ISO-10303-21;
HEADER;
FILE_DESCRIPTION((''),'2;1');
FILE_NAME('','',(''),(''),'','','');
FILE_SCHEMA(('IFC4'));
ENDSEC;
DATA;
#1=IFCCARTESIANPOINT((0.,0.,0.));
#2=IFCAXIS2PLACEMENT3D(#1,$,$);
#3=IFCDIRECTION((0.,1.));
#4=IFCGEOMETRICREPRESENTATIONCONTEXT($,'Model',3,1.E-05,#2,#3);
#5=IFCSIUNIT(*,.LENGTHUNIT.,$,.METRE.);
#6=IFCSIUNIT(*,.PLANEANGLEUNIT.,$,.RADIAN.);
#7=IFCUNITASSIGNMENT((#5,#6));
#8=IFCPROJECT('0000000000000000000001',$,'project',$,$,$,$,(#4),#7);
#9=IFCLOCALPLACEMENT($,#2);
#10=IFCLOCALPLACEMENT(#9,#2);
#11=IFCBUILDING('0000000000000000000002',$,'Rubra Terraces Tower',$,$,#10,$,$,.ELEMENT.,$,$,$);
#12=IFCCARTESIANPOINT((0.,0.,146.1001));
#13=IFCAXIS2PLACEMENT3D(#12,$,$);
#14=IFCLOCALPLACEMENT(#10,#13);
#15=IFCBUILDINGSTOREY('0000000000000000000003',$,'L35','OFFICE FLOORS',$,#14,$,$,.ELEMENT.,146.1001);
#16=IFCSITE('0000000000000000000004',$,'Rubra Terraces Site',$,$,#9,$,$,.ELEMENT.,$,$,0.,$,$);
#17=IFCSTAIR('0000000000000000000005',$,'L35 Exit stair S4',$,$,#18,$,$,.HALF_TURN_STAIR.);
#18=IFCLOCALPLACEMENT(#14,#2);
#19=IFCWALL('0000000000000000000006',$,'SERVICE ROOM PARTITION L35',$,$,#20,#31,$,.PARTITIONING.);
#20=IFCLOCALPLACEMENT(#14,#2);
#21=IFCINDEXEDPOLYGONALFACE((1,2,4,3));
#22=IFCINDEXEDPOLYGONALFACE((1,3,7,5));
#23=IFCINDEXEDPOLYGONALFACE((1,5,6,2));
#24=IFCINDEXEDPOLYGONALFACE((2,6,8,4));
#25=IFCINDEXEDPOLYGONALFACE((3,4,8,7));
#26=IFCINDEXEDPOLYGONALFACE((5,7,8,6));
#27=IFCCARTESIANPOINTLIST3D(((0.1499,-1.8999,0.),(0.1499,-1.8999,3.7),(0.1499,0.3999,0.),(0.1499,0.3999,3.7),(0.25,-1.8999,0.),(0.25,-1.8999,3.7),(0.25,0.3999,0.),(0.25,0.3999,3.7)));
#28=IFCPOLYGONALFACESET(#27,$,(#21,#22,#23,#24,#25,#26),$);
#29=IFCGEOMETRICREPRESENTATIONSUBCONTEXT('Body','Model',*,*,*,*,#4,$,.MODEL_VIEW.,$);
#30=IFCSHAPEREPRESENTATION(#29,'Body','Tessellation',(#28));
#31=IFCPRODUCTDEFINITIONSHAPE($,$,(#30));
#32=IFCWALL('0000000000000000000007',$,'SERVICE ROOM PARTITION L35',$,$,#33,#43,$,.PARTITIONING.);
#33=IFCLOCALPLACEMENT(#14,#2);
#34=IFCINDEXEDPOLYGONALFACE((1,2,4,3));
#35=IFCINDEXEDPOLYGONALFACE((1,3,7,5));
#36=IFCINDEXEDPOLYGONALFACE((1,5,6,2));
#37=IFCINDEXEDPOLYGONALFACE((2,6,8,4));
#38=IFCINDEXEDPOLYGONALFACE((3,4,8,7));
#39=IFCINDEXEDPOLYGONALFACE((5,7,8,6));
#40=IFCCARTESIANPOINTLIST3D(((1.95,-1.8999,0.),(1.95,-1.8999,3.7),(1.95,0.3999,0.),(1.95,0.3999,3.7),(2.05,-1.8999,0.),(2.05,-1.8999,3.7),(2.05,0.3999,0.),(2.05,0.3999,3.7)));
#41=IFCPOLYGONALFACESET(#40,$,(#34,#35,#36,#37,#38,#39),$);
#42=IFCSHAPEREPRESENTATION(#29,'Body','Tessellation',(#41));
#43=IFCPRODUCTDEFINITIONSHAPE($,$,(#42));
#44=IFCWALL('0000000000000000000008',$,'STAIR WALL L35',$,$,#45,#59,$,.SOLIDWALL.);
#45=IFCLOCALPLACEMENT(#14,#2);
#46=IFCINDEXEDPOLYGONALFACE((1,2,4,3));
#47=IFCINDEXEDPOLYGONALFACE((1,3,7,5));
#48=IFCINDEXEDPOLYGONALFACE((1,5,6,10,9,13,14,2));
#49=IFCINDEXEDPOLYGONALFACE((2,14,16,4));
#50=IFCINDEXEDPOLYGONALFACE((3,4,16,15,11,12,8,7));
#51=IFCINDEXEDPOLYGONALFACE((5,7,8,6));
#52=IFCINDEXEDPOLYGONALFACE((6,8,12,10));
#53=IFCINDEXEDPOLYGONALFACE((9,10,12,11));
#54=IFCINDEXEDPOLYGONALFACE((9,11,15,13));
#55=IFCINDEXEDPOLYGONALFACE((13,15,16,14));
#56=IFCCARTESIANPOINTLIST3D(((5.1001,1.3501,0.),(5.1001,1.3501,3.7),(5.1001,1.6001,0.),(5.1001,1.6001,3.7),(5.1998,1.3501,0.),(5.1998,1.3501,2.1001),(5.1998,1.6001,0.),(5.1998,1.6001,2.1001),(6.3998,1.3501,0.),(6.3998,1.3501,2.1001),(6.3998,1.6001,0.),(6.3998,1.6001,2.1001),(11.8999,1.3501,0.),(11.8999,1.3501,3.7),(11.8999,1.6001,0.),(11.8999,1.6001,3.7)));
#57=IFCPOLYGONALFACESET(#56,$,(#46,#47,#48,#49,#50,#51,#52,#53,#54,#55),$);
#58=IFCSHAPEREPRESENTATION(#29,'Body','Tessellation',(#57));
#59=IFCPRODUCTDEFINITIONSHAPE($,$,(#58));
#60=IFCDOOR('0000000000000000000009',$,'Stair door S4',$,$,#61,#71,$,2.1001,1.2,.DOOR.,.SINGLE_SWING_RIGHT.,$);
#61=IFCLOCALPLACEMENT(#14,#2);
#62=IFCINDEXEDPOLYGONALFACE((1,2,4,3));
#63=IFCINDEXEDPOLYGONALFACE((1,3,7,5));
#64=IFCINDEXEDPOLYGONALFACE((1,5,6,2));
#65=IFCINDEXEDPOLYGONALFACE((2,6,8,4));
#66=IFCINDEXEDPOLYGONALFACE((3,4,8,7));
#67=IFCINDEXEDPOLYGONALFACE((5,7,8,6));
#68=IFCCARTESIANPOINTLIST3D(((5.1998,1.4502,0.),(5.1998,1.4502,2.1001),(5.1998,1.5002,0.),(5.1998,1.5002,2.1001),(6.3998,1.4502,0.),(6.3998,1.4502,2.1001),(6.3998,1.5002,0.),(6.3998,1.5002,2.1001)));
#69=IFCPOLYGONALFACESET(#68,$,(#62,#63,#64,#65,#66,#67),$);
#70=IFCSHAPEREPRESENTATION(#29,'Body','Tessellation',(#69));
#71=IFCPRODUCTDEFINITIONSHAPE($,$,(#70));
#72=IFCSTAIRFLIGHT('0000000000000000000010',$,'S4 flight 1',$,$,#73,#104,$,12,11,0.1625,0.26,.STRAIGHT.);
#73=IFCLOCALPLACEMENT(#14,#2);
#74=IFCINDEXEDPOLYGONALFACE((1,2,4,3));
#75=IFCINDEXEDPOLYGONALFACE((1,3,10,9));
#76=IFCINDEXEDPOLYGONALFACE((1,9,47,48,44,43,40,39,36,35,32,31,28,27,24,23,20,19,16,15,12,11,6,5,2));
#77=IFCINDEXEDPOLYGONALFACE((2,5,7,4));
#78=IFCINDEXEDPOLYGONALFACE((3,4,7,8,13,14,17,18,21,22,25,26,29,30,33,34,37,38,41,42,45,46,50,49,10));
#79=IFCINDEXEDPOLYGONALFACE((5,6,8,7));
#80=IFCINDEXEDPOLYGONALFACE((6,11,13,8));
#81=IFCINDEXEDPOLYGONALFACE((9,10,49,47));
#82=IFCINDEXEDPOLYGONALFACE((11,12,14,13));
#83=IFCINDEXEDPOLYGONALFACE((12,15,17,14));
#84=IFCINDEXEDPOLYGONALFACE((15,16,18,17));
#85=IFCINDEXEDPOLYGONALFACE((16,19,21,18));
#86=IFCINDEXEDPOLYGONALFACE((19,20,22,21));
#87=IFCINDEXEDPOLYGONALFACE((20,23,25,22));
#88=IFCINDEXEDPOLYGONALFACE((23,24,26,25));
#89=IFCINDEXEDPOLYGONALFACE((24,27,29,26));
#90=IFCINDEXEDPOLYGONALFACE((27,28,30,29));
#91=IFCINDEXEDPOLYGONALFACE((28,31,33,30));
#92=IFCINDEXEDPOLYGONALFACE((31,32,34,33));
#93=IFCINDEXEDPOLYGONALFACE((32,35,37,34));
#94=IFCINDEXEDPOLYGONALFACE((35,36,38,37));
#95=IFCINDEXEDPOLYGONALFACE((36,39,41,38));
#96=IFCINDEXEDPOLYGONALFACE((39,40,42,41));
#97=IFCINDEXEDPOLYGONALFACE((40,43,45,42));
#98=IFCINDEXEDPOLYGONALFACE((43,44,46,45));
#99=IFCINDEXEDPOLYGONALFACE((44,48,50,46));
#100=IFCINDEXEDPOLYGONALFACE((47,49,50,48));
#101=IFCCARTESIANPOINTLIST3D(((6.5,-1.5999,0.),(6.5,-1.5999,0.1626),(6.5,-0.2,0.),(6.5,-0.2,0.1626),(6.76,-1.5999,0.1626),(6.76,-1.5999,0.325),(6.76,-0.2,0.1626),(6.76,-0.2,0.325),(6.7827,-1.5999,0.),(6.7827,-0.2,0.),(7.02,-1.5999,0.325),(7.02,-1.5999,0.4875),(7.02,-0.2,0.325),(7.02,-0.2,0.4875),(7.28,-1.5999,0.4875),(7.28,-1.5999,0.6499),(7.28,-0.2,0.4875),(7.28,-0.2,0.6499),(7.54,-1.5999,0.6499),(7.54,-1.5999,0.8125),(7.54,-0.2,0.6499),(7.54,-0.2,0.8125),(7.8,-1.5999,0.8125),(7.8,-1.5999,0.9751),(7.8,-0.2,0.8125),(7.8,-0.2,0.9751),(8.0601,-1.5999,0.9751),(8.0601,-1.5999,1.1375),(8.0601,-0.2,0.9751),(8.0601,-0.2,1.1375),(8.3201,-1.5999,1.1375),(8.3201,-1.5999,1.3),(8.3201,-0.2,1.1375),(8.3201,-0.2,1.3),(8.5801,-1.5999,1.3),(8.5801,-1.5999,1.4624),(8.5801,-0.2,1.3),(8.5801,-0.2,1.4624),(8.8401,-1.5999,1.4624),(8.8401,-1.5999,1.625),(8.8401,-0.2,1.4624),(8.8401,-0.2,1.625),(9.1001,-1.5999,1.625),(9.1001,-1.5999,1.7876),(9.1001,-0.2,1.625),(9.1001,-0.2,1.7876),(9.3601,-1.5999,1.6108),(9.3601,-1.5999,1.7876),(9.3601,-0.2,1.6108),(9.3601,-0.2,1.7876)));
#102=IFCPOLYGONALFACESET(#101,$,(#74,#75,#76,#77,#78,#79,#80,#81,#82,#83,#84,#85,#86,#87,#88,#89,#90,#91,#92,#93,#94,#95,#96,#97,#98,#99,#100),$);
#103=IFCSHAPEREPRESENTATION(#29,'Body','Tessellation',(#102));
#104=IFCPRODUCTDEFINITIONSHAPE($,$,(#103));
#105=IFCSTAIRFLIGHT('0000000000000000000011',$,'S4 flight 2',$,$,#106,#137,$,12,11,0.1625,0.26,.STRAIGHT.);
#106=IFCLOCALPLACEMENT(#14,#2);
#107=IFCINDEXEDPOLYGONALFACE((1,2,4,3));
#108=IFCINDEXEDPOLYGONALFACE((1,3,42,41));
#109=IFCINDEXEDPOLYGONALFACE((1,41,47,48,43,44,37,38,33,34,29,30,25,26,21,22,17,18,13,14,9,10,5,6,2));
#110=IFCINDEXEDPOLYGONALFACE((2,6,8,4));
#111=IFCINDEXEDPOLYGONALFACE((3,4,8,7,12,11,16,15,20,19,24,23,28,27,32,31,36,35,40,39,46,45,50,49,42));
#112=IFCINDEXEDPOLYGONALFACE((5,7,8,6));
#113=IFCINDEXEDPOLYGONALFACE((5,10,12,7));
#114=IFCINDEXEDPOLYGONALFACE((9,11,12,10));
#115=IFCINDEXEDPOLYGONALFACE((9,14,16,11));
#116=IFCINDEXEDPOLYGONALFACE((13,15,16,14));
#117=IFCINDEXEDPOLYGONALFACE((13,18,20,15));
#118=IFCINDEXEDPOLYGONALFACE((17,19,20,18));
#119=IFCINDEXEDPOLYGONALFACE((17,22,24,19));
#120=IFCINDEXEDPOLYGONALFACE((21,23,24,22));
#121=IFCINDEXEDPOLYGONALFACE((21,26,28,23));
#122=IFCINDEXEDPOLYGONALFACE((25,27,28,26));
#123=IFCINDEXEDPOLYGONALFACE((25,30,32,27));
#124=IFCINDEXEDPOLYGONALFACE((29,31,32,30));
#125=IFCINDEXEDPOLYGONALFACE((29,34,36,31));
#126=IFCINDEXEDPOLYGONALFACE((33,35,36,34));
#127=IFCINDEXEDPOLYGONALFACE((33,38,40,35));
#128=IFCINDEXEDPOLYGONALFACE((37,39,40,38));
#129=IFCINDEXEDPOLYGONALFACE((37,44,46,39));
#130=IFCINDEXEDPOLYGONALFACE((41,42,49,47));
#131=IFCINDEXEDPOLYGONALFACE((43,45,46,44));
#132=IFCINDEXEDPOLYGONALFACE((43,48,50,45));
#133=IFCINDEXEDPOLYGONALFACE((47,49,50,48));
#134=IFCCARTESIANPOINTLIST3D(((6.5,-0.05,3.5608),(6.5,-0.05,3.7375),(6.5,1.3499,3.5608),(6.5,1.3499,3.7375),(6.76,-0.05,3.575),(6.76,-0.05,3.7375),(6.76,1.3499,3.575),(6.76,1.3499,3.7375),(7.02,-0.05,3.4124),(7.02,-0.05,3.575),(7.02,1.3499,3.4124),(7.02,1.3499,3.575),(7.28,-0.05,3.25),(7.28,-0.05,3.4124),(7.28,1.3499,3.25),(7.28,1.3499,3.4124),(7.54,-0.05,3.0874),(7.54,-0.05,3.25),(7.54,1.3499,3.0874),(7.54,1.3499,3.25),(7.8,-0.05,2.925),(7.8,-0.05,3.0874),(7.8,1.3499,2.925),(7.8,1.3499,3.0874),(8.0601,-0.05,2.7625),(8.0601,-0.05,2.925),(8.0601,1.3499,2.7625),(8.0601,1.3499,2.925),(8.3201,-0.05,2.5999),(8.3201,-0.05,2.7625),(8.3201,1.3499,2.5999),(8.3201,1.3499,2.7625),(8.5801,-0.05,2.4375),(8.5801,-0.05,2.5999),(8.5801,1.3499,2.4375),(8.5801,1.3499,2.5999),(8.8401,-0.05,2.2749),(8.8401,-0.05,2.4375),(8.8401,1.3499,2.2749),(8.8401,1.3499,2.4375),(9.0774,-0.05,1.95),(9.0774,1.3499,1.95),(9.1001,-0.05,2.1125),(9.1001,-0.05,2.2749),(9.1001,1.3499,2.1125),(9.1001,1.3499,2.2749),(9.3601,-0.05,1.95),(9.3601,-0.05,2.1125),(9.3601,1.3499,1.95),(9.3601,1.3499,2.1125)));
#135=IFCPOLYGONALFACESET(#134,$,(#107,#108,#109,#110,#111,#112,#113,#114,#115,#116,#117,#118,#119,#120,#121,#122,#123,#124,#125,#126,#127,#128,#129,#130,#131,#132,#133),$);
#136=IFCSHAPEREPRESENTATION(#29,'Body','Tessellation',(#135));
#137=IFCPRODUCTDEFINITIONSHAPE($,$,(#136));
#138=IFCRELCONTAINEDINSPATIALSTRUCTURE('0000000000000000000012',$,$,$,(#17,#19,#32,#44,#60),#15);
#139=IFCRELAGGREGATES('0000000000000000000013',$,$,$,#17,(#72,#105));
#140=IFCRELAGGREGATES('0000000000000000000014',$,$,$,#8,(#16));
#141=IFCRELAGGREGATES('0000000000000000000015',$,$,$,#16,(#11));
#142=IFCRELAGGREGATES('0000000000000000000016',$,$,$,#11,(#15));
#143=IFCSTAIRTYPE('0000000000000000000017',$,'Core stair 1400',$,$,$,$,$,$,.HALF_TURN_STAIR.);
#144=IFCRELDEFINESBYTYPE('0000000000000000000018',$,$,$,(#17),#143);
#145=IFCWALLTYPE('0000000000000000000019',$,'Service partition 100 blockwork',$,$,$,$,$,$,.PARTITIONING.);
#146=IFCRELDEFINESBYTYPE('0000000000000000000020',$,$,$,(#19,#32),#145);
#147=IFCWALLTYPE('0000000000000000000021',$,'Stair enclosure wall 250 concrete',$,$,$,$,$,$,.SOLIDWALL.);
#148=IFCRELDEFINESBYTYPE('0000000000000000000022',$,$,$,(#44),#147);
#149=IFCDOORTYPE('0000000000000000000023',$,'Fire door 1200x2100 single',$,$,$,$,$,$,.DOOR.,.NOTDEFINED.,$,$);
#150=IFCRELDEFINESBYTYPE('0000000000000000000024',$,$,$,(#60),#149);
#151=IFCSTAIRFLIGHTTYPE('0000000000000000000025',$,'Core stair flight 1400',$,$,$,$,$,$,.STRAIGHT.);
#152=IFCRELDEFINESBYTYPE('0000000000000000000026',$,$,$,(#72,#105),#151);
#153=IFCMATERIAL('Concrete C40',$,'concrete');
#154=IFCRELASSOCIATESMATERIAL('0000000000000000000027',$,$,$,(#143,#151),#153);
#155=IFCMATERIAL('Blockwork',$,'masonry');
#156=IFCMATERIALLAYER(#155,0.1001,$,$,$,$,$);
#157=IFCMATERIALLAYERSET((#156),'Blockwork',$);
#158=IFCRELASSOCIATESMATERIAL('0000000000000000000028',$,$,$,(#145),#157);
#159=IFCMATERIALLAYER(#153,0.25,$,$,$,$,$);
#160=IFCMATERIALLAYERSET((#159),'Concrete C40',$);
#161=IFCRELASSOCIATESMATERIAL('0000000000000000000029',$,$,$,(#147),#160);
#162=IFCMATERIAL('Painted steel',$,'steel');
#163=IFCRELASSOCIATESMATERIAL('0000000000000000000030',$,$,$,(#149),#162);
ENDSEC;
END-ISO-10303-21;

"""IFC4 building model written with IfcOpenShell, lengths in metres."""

from ifc_helpers import new_model, si_unit, direction, frame, frame_2d, origin, place, context, subcontext, project, spatial, polyline, rectangle, outline, extrude, material, layer, layer_set, type_object, element, fill, aggregate, save


model = new_model("IFC4")

# Units and contexts
model_context = context("Model", 3, precision=1e-05, world=origin(), true_north=direction((0.0, 1.0)))
body_context = subcontext(model_context, "Body", "Model", "MODEL_VIEW")
ifc_project = project(units=[si_unit("LENGTHUNIT", "METRE"), si_unit("PLANEANGLEUNIT", "RADIAN")], contexts=[model_context])

# Site, building, storey
site_placement = place(None, origin())
site = spatial("IfcSite", under=ifc_project, at=site_placement, Name="Rubra Terraces Site", CompositionType="ELEMENT", RefElevation=0.0)
building_placement = place(site_placement, origin())
building = spatial("IfcBuilding", under=site, at=building_placement, Name="Rubra Terraces Tower", CompositionType="ELEMENT")
storey_placement = place(building_placement, frame((0.0, 0.0, 146.1001)))
storey = spatial("IfcBuildingStorey", under=building, at=storey_placement, Name="L35", Description="OFFICE FLOORS", CompositionType="ELEMENT", Elevation=146.1001)

# Stair
ifc_material_1 = material(Name="Concrete C40", Category="concrete")
stair_type = type_object("IfcStairType", Name="Core stair 1400", PredefinedType="HALF_TURN_STAIR", material=ifc_material_1)
stair_1_placement = place(storey_placement, origin())
stair_1 = element("IfcStair", 1, at=stair_1_placement, inside=storey, type_object=stair_type, Name="L35 Exit stair S4", PredefinedType="HALF_TURN_STAIR")

# Shared definitions
ifc_material_2 = material(Name="Painted steel", Category="steel")

# Walls
ifc_material_3 = material(Name="Blockwork", Category="masonry")
ifc_layer_1 = layer(ifc_material_3, 0.1001)
ifc_layer_set_1 = layer_set([ifc_layer_1], Name="Blockwork")
wall_type_1 = type_object("IfcWallType", Name="Service partition 100 blockwork", PredefinedType="PARTITIONING", material=ifc_layer_set_1)
for number, where, z_axis, x_axis, name in (
    (2, (0.2, -1.8999, 0.0), (0.0, 0.0, 1.0), (0.0, 1.0, 0.0), "SERVICE ROOM PARTITION L35"),
    (3, (2.0, -1.8999, 0.0), (0.0, 0.0, 1.0), (0.0, 1.0, 0.0), "SERVICE ROOM PARTITION L35"),
):
    element("IfcWall", number, at=place(storey_placement, frame(where, z_axis=z_axis, x_axis=x_axis)), inside=storey, type_object=wall_type_1, Name=name, PredefinedType="PARTITIONING", context=body_context, shape_type="SweptSolid", body=[
        extrude(rectangle(XDim=2.2998, YDim=0.1001, at=frame_2d((1.1499, 0.0))), origin(), (0.0, 0.0, 1.0), 3.7),
    ])

# Wall, opening, door
ifc_layer_2 = layer(ifc_material_1, 0.25)
ifc_layer_set_2 = layer_set([ifc_layer_2], Name="Concrete C40")
wall_type_2 = type_object("IfcWallType", Name="Stair enclosure wall 250 concrete", PredefinedType="SOLIDWALL", material=ifc_layer_set_2)
wall_1_placement = place(storey_placement, frame((11.8999, 1.4751, 0.0), z_axis=(0.0, 0.0, 1.0), x_axis=(-1.0, 0.0, 0.0)))
wall_1 = element("IfcWall", 4, at=wall_1_placement, inside=storey, type_object=wall_type_2, Name="STAIR WALL L35", PredefinedType="SOLIDWALL", context=body_context, shape_type="SweptSolid", body=[
    extrude(rectangle(XDim=6.7998, YDim=0.25, at=frame_2d((3.3999, 0.0))), origin(), (0.0, 0.0, 1.0), 3.7),
])
opening_1_placement = place(wall_1_placement, frame((5.5, 0.0, 0.0)))
opening_1 = element("IfcOpeningElement", 5, at=opening_1_placement, cuts=wall_1, PredefinedType="OPENING", context=body_context, shape_type="SweptSolid", body=[
    extrude(rectangle(XDim=1.2, YDim=2.1001, at=frame_2d((0.6001, 1.05))), frame((0.0, 0.135, 0.0), z_axis=(0.0, -1.0, 0.0), x_axis=(1.0, 0.0, 0.0)), (0.0, 0.0, 1.0), 0.27),
])
door_type_1 = type_object("IfcDoorType", Name="Fire door 1200x2100 single", OperationType="NOTDEFINED", PredefinedType="DOOR", material=ifc_material_2)
door_1_placement = place(opening_1_placement, origin())
door_1 = element("IfcDoor", 6, at=door_1_placement, inside=storey, type_object=door_type_1, Name="Stair door S4", OperationType="SINGLE_SWING_RIGHT", OverallHeight=2.1001, OverallWidth=1.2, PredefinedType="DOOR", context=body_context, shape_type="SweptSolid", body=[
    extrude(rectangle(XDim=1.2, YDim=2.1001, at=frame_2d((0.6001, 1.05))), frame((0.0, 0.0249, 0.0), z_axis=(0.0, -1.0, 0.0), x_axis=(1.0, 0.0, 0.0)), (0.0, 0.0, 1.0), 0.05),
])
fill(opening_1, door_1)

# Stair flights
stair_flight_type = type_object("IfcStairFlightType", Name="Core stair flight 1400", PredefinedType="STRAIGHT", material=ifc_material_1)
stair_flight_1_placement = place(storey_placement, frame((6.5, -0.8999, 0.0), z_axis=(0.0, 0.0, 1.0), x_axis=(1.0, 0.0, 0.0)))
stair_flight_1 = element("IfcStairFlight", 7, at=stair_flight_1_placement, type_object=stair_flight_type, Name="S4 flight 1", NumberOfRisers=12, NumberOfTreads=11, PredefinedType="STRAIGHT", RiserHeight=0.1625, TreadLength=0.26, context=body_context, shape_type="SweptSolid", body=[
    extrude(outline(polyline([(0.0, 0.0), (0.0, 0.1626), (0.26, 0.1626), (0.26, 0.325), (0.52, 0.325), (0.52, 0.4875), (0.78, 0.4875), (0.78, 0.6499), (1.04, 0.6499), (1.04, 0.8125), (1.3, 0.8125), (1.3, 0.9751), (1.5601, 0.9751), (1.5601, 1.1375), (1.8201, 1.1375), (1.8201, 1.3), (2.0801, 1.3), (2.0801, 1.4624), (2.3401, 1.4624), (2.3401, 1.625), (2.6001, 1.625), (2.6001, 1.7876), (2.8601, 1.7876), (2.8601, 1.95), (2.8601, 1.6108), (0.2827, 0.0), (0.0, 0.0)])), frame((0.0, 0.7, 0.0), z_axis=(0.0, -1.0, 0.0), x_axis=(1.0, 0.0, 0.0)), (0.0, 0.0, 1.0), 1.3999),
])
stair_flight_2_placement = place(storey_placement, frame((9.3601, 0.6499, 1.95), z_axis=(0.0, 0.0, 1.0), x_axis=(-1.0, 0.0, 0.0)))
stair_flight_2 = element("IfcStairFlight", 8, at=stair_flight_2_placement, type_object=stair_flight_type, Name="S4 flight 2", NumberOfRisers=12, NumberOfTreads=11, PredefinedType="STRAIGHT", RiserHeight=0.1625, TreadLength=0.26, context=body_context, shape_type="SweptSolid", body=[
    extrude(outline(polyline([(0.0, 0.0), (0.0, 0.1626), (0.26, 0.1626), (0.26, 0.325), (0.52, 0.325), (0.52, 0.4875), (0.78, 0.4875), (0.78, 0.6499), (1.04, 0.6499), (1.04, 0.8125), (1.3, 0.8125), (1.3, 0.9751), (1.5601, 0.9751), (1.5601, 1.1375), (1.8201, 1.1375), (1.8201, 1.3), (2.0801, 1.3), (2.0801, 1.4624), (2.3401, 1.4624), (2.3401, 1.625), (2.6001, 1.625), (2.6001, 1.7876), (2.8601, 1.7876), (2.8601, 1.95), (2.8601, 1.6108), (0.2827, 0.0), (0.0, 0.0)])), frame((0.0, 0.7, 0.0), z_axis=(0.0, -1.0, 0.0), x_axis=(1.0, 0.0, 0.0)), (0.0, 0.0, 1.0), 1.3999),
])
aggregate(stair_1, [stair_flight_1, stair_flight_2])

save(model, "model.ifc")
